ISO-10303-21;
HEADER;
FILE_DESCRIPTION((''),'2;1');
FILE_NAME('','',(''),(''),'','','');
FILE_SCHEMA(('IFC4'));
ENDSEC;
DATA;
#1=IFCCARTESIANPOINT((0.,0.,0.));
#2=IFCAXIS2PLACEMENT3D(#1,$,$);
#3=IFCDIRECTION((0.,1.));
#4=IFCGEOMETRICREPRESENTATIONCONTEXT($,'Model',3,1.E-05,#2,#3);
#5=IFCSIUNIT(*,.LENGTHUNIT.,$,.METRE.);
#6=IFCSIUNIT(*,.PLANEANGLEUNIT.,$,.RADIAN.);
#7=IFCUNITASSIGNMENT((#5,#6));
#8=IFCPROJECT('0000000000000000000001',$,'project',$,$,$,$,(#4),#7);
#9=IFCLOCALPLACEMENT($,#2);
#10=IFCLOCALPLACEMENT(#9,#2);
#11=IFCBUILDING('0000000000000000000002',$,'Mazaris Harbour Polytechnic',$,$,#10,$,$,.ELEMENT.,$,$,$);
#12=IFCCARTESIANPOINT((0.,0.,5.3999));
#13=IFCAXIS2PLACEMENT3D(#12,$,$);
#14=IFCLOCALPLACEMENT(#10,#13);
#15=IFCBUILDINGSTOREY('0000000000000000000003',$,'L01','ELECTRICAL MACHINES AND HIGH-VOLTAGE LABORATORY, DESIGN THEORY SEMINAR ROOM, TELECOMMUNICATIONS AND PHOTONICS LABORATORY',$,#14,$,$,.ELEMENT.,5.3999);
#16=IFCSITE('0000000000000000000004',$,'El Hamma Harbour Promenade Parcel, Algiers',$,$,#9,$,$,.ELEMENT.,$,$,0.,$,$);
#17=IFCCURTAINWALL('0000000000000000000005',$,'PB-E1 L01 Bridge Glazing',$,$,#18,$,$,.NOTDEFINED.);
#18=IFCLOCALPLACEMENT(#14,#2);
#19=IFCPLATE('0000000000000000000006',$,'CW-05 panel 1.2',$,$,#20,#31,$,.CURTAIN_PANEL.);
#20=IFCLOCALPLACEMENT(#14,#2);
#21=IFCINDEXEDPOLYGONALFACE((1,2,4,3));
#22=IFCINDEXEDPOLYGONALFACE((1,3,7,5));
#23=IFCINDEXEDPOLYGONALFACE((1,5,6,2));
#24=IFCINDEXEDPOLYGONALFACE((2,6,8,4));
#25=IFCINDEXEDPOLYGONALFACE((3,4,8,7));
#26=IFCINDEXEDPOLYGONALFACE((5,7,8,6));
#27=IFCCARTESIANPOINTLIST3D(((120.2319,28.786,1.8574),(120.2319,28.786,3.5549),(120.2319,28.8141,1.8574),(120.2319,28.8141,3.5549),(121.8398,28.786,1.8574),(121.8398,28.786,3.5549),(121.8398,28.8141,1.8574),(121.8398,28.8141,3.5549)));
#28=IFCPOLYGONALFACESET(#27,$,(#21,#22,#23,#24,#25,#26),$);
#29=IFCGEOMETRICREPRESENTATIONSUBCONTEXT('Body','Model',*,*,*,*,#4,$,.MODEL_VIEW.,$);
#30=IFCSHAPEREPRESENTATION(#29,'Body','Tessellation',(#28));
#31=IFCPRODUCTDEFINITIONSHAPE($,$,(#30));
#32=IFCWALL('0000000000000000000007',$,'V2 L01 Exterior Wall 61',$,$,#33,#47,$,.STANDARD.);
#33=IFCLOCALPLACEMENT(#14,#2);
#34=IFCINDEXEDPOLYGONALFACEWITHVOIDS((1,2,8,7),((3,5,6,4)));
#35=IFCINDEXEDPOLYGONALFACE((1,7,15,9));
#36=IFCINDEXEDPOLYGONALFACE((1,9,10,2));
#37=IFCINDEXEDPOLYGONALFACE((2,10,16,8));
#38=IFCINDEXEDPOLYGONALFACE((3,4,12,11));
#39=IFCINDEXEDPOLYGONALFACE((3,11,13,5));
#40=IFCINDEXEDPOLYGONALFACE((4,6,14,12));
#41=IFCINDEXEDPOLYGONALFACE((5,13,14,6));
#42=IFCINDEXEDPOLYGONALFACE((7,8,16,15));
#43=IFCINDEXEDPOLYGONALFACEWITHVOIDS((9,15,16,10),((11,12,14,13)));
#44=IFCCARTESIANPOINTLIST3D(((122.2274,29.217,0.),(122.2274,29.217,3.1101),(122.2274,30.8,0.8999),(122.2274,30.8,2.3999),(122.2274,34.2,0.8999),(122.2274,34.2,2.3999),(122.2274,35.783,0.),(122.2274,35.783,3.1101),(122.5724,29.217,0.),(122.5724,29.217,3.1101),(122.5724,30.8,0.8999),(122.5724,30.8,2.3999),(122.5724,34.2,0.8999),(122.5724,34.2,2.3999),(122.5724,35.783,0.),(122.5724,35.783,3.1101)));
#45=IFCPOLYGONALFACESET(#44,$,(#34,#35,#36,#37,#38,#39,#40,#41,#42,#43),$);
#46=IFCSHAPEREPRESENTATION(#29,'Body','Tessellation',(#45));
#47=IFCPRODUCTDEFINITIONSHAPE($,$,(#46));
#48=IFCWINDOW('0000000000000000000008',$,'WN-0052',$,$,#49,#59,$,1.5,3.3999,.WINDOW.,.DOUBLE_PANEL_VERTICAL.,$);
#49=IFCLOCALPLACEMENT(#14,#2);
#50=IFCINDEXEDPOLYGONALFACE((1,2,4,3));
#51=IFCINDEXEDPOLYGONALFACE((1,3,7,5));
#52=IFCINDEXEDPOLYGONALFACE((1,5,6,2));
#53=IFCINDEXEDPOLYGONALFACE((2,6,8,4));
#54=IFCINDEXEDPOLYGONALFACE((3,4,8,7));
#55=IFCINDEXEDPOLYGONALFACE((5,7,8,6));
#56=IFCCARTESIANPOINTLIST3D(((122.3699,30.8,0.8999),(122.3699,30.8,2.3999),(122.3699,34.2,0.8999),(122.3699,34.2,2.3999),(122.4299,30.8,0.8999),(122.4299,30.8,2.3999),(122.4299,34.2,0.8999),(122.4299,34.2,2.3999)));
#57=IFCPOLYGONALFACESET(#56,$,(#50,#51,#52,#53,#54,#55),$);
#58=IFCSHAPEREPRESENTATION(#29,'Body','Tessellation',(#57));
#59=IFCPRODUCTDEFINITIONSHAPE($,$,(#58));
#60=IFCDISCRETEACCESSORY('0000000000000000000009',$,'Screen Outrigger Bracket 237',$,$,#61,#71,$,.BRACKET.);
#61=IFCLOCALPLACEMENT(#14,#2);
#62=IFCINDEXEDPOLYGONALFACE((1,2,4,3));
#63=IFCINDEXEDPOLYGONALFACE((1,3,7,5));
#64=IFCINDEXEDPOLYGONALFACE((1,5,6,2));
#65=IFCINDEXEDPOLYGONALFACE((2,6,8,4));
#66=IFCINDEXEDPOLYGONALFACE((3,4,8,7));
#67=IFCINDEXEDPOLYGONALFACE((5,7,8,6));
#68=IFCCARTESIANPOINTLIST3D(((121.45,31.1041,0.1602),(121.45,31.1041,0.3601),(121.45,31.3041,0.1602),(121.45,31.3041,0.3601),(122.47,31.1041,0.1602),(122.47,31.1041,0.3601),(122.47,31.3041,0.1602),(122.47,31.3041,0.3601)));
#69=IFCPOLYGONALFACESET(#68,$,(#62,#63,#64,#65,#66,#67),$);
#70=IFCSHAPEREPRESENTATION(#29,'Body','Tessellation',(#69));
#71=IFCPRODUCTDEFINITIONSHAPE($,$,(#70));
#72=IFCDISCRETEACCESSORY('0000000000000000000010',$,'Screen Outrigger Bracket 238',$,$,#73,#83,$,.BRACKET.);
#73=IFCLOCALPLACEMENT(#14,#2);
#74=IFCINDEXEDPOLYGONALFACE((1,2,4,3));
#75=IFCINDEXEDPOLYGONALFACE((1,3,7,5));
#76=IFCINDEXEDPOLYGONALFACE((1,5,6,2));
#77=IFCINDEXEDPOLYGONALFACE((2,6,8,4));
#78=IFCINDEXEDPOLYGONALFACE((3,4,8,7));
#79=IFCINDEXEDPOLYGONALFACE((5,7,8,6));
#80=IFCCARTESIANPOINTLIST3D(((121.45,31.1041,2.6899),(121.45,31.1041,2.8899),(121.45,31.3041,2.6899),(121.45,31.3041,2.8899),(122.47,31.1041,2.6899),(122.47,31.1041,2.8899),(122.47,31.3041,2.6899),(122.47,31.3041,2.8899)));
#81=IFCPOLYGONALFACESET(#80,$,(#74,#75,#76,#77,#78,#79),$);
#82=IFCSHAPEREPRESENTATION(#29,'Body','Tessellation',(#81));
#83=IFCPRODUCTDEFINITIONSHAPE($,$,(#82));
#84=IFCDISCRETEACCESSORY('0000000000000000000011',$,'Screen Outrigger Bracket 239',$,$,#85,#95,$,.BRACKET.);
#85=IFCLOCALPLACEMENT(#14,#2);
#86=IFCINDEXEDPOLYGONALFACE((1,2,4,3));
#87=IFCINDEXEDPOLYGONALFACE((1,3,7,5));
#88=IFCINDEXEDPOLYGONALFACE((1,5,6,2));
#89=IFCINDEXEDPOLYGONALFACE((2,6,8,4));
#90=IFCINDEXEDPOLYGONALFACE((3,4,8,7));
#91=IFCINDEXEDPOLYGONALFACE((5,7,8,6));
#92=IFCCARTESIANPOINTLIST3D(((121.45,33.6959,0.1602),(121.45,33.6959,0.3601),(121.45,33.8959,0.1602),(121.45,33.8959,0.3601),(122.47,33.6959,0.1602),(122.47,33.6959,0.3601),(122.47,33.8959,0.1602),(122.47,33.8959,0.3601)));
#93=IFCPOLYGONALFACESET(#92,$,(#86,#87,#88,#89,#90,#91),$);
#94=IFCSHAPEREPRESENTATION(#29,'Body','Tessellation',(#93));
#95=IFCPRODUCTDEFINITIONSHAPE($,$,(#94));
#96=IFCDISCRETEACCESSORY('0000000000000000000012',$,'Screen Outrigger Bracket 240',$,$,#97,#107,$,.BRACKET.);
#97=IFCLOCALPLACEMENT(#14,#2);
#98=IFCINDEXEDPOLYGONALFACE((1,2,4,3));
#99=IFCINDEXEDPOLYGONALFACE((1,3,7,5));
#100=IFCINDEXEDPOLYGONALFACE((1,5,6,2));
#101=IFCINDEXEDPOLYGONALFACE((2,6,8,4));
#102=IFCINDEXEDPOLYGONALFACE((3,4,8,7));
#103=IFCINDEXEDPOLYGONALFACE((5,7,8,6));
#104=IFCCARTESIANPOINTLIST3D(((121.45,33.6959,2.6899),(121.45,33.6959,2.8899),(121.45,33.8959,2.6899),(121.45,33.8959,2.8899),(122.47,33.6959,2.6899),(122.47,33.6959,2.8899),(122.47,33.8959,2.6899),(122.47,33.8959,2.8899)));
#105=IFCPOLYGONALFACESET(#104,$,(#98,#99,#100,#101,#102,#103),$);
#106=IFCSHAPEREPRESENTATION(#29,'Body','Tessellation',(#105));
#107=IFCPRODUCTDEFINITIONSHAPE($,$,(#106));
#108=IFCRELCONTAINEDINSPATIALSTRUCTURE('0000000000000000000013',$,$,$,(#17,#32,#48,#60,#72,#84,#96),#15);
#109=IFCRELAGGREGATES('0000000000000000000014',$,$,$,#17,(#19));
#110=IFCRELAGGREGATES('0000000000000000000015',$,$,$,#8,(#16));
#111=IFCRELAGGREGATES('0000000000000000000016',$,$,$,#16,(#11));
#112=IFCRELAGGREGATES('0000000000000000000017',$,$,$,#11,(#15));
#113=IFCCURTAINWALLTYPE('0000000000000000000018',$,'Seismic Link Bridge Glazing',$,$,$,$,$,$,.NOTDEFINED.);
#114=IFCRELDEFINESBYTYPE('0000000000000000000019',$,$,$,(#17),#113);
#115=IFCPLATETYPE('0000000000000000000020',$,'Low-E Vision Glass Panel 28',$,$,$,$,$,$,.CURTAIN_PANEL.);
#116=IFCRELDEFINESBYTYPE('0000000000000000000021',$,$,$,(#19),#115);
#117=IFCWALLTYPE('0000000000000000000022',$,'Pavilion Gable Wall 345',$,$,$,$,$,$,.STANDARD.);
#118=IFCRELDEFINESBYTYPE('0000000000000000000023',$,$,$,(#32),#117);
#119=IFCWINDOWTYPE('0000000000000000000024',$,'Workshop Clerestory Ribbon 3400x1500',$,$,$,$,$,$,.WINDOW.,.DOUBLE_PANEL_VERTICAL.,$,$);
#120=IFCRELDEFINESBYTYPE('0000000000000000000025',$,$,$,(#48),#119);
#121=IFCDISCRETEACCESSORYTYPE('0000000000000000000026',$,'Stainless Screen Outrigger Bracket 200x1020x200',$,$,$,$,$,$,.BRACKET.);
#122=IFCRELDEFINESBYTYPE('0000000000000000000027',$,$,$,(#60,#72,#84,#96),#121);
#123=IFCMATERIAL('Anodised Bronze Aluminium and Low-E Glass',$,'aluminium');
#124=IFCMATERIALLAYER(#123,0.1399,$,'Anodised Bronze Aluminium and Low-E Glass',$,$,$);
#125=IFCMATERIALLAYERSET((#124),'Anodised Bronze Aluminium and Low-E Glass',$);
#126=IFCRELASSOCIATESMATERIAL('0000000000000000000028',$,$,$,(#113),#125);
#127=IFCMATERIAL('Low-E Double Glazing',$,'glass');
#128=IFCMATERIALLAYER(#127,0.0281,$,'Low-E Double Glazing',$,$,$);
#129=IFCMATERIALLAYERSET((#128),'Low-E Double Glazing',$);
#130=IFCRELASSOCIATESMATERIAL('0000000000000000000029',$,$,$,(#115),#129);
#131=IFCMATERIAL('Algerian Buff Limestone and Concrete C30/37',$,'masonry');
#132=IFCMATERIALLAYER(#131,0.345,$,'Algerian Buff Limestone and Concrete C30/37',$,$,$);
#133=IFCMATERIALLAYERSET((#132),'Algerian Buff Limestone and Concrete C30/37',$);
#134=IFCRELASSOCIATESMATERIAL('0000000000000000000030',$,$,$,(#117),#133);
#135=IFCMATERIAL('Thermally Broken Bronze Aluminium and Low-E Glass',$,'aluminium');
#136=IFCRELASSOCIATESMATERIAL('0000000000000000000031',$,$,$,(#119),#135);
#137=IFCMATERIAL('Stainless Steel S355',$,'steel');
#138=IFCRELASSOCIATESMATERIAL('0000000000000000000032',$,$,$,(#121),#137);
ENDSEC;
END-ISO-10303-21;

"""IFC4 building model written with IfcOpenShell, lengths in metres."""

from ifc_helpers import new_model, si_unit, direction, frame, frame_2d, origin, origin_2d, place, context, subcontext, project, spatial, rectangle, extrude, material, layer, layer_set, type_object, element, fill, aggregate, save


model = new_model("IFC4")

# Units and contexts
model_context = context("Model", 3, precision=1e-05, world=origin(), true_north=direction((0.0, 1.0)))
body_context = subcontext(model_context, "Body", "Model", "MODEL_VIEW")
ifc_project = project(units=[si_unit("LENGTHUNIT", "METRE"), si_unit("PLANEANGLEUNIT", "RADIAN")], contexts=[model_context])

# Site, building, storey
site_placement = place(None, origin())
site = spatial("IfcSite", under=ifc_project, at=site_placement, Name="El Hamma Harbour Promenade Parcel, Algiers", CompositionType="ELEMENT", RefElevation=0.0)
building_placement = place(site_placement, origin())
building = spatial("IfcBuilding", under=site, at=building_placement, Name="Mazaris Harbour Polytechnic", CompositionType="ELEMENT")
storey_placement = place(building_placement, frame((0.0, 0.0, 5.3999)))
storey = spatial("IfcBuildingStorey", under=building, at=storey_placement, Name="L01", Description="ELECTRICAL MACHINES AND HIGH-VOLTAGE LABORATORY, DESIGN THEORY SEMINAR ROOM, TELECOMMUNICATIONS AND PHOTONICS LABORATORY", CompositionType="ELEMENT", Elevation=5.3999)

# Curtain wall
ifc_material_1 = material(Name="Anodised Bronze Aluminium and Low-E Glass", Category="aluminium")
ifc_layer_1 = layer(ifc_material_1, 0.1399, Name="Anodised Bronze Aluminium and Low-E Glass")
ifc_layer_set_1 = layer_set([ifc_layer_1], Name="Anodised Bronze Aluminium and Low-E Glass")
curtain_wall_type = type_object("IfcCurtainWallType", Name="Seismic Link Bridge Glazing", PredefinedType="NOTDEFINED", material=ifc_layer_set_1)
curtain_wall_placement = place(storey_placement, origin())
curtain_wall = element("IfcCurtainWall", 1, at=curtain_wall_placement, inside=storey, type_object=curtain_wall_type, Name="PB-E1 L01 Bridge Glazing", PredefinedType="NOTDEFINED")

# Plate
ifc_material_2 = material(Name="Low-E Double Glazing", Category="glass")
ifc_layer_2 = layer(ifc_material_2, 0.0281, Name="Low-E Double Glazing")
ifc_layer_set_2 = layer_set([ifc_layer_2], Name="Low-E Double Glazing")
plate_type = type_object("IfcPlateType", Name="Low-E Vision Glass Panel 28", PredefinedType="CURTAIN_PANEL", material=ifc_layer_set_2)
plate_1_placement = place(storey_placement, frame((121.0359, 28.8, 1.8574), z_axis=(0.0, 0.0, 1.0), x_axis=(-1.0, 0.0, 0.0)))
plate_1 = element("IfcPlate", 2, at=plate_1_placement, type_object=plate_type, Name="CW-05 panel 1.2", PredefinedType="CURTAIN_PANEL", context=body_context, shape_type="SweptSolid", body=[
    extrude(rectangle(XDim=1.6079, YDim=0.0281, at=origin_2d()), origin(), (0.0, 0.0, 1.0), 1.6975),
])
aggregate(curtain_wall, [plate_1])

# Wall, opening, window
ifc_material_3 = material(Name="Algerian Buff Limestone and Concrete C30/37", Category="masonry")
ifc_layer_3 = layer(ifc_material_3, 0.345, Name="Algerian Buff Limestone and Concrete C30/37")
ifc_layer_set_3 = layer_set([ifc_layer_3], Name="Algerian Buff Limestone and Concrete C30/37")
wall_type = type_object("IfcWallType", Name="Pavilion Gable Wall 345", PredefinedType="STANDARD", material=ifc_layer_set_3)
wall_placement = place(storey_placement, frame((122.3999, 29.217, 0.0), z_axis=(0.0, 0.0, 1.0), x_axis=(0.0, 1.0, 0.0)))
wall = element("IfcWall", 3, at=wall_placement, inside=storey, type_object=wall_type, Name="V2 L01 Exterior Wall 61", PredefinedType="STANDARD", context=body_context, shape_type="SweptSolid", body=[
    extrude(rectangle(XDim=6.5659, YDim=0.345, at=frame_2d((3.283, 0.0))), origin(), (0.0, 0.0, 1.0), 3.1101),
])
opening_placement = place(wall_placement, frame((1.583, 0.0, 0.8999)))
opening = element("IfcOpeningElement", 4, at=opening_placement, cuts=wall, PredefinedType="OPENING", context=body_context, shape_type="SweptSolid", body=[
    extrude(rectangle(XDim=3.3999, YDim=1.5, at=frame_2d((1.7, 0.75))), frame((0.0, 0.1824, 0.0), z_axis=(0.0, -1.0, 0.0), x_axis=(1.0, 0.0, 0.0)), (0.0, 0.0, 1.0), 0.365),
])
ifc_material_4 = material(Name="Thermally Broken Bronze Aluminium and Low-E Glass", Category="aluminium")
window_type = type_object("IfcWindowType", Name="Workshop Clerestory Ribbon 3400x1500", PartitioningType="DOUBLE_PANEL_VERTICAL", PredefinedType="WINDOW", material=ifc_material_4)
window_placement = place(opening_placement, origin())
window = element("IfcWindow", 5, at=window_placement, inside=storey, type_object=window_type, Name="WN-0052", OverallHeight=1.5, OverallWidth=3.3999, PartitioningType="DOUBLE_PANEL_VERTICAL", PredefinedType="WINDOW", context=body_context, shape_type="SweptSolid", body=[
    extrude(rectangle(XDim=3.3999, YDim=1.5, at=frame_2d((1.7, 0.75))), frame((0.0, 0.03, 0.0), z_axis=(0.0, -1.0, 0.0), x_axis=(1.0, 0.0, 0.0)), (0.0, 0.0, 1.0), 0.0601),
])
fill(opening, window)

# Discrete accessories
ifc_material_5 = material(Name="Stainless Steel S355", Category="steel")
discrete_accessory_type = type_object("IfcDiscreteAccessoryType", Name="Stainless Screen Outrigger Bracket 200x1020x200", PredefinedType="BRACKET", material=ifc_material_5)
for number, where, z_axis, x_axis, name in (
    (6, (121.96, 31.2041, 0.1602), (0.0, 0.0, 1.0), (0.0, 1.0, 0.0), "Screen Outrigger Bracket 237"),
    (7, (121.96, 31.2041, 2.6899), (0.0, 0.0, 1.0), (0.0, 1.0, 0.0), "Screen Outrigger Bracket 238"),
    (8, (121.96, 33.7959, 0.1602), (0.0, 0.0, 1.0), (0.0, 1.0, 0.0), "Screen Outrigger Bracket 239"),
    (9, (121.96, 33.7959, 2.6899), (0.0, 0.0, 1.0), (0.0, 1.0, 0.0), "Screen Outrigger Bracket 240"),
):
    element("IfcDiscreteAccessory", number, at=place(storey_placement, frame(where, z_axis=z_axis, x_axis=x_axis)), inside=storey, type_object=discrete_accessory_type, Name=name, PredefinedType="BRACKET", context=body_context, shape_type="SweptSolid", body=[
        extrude(rectangle(XDim=0.2, YDim=1.02, at=origin_2d()), origin(), (0.0, 0.0, 1.0), 0.2),
    ])

save(model, "model.ifc")
